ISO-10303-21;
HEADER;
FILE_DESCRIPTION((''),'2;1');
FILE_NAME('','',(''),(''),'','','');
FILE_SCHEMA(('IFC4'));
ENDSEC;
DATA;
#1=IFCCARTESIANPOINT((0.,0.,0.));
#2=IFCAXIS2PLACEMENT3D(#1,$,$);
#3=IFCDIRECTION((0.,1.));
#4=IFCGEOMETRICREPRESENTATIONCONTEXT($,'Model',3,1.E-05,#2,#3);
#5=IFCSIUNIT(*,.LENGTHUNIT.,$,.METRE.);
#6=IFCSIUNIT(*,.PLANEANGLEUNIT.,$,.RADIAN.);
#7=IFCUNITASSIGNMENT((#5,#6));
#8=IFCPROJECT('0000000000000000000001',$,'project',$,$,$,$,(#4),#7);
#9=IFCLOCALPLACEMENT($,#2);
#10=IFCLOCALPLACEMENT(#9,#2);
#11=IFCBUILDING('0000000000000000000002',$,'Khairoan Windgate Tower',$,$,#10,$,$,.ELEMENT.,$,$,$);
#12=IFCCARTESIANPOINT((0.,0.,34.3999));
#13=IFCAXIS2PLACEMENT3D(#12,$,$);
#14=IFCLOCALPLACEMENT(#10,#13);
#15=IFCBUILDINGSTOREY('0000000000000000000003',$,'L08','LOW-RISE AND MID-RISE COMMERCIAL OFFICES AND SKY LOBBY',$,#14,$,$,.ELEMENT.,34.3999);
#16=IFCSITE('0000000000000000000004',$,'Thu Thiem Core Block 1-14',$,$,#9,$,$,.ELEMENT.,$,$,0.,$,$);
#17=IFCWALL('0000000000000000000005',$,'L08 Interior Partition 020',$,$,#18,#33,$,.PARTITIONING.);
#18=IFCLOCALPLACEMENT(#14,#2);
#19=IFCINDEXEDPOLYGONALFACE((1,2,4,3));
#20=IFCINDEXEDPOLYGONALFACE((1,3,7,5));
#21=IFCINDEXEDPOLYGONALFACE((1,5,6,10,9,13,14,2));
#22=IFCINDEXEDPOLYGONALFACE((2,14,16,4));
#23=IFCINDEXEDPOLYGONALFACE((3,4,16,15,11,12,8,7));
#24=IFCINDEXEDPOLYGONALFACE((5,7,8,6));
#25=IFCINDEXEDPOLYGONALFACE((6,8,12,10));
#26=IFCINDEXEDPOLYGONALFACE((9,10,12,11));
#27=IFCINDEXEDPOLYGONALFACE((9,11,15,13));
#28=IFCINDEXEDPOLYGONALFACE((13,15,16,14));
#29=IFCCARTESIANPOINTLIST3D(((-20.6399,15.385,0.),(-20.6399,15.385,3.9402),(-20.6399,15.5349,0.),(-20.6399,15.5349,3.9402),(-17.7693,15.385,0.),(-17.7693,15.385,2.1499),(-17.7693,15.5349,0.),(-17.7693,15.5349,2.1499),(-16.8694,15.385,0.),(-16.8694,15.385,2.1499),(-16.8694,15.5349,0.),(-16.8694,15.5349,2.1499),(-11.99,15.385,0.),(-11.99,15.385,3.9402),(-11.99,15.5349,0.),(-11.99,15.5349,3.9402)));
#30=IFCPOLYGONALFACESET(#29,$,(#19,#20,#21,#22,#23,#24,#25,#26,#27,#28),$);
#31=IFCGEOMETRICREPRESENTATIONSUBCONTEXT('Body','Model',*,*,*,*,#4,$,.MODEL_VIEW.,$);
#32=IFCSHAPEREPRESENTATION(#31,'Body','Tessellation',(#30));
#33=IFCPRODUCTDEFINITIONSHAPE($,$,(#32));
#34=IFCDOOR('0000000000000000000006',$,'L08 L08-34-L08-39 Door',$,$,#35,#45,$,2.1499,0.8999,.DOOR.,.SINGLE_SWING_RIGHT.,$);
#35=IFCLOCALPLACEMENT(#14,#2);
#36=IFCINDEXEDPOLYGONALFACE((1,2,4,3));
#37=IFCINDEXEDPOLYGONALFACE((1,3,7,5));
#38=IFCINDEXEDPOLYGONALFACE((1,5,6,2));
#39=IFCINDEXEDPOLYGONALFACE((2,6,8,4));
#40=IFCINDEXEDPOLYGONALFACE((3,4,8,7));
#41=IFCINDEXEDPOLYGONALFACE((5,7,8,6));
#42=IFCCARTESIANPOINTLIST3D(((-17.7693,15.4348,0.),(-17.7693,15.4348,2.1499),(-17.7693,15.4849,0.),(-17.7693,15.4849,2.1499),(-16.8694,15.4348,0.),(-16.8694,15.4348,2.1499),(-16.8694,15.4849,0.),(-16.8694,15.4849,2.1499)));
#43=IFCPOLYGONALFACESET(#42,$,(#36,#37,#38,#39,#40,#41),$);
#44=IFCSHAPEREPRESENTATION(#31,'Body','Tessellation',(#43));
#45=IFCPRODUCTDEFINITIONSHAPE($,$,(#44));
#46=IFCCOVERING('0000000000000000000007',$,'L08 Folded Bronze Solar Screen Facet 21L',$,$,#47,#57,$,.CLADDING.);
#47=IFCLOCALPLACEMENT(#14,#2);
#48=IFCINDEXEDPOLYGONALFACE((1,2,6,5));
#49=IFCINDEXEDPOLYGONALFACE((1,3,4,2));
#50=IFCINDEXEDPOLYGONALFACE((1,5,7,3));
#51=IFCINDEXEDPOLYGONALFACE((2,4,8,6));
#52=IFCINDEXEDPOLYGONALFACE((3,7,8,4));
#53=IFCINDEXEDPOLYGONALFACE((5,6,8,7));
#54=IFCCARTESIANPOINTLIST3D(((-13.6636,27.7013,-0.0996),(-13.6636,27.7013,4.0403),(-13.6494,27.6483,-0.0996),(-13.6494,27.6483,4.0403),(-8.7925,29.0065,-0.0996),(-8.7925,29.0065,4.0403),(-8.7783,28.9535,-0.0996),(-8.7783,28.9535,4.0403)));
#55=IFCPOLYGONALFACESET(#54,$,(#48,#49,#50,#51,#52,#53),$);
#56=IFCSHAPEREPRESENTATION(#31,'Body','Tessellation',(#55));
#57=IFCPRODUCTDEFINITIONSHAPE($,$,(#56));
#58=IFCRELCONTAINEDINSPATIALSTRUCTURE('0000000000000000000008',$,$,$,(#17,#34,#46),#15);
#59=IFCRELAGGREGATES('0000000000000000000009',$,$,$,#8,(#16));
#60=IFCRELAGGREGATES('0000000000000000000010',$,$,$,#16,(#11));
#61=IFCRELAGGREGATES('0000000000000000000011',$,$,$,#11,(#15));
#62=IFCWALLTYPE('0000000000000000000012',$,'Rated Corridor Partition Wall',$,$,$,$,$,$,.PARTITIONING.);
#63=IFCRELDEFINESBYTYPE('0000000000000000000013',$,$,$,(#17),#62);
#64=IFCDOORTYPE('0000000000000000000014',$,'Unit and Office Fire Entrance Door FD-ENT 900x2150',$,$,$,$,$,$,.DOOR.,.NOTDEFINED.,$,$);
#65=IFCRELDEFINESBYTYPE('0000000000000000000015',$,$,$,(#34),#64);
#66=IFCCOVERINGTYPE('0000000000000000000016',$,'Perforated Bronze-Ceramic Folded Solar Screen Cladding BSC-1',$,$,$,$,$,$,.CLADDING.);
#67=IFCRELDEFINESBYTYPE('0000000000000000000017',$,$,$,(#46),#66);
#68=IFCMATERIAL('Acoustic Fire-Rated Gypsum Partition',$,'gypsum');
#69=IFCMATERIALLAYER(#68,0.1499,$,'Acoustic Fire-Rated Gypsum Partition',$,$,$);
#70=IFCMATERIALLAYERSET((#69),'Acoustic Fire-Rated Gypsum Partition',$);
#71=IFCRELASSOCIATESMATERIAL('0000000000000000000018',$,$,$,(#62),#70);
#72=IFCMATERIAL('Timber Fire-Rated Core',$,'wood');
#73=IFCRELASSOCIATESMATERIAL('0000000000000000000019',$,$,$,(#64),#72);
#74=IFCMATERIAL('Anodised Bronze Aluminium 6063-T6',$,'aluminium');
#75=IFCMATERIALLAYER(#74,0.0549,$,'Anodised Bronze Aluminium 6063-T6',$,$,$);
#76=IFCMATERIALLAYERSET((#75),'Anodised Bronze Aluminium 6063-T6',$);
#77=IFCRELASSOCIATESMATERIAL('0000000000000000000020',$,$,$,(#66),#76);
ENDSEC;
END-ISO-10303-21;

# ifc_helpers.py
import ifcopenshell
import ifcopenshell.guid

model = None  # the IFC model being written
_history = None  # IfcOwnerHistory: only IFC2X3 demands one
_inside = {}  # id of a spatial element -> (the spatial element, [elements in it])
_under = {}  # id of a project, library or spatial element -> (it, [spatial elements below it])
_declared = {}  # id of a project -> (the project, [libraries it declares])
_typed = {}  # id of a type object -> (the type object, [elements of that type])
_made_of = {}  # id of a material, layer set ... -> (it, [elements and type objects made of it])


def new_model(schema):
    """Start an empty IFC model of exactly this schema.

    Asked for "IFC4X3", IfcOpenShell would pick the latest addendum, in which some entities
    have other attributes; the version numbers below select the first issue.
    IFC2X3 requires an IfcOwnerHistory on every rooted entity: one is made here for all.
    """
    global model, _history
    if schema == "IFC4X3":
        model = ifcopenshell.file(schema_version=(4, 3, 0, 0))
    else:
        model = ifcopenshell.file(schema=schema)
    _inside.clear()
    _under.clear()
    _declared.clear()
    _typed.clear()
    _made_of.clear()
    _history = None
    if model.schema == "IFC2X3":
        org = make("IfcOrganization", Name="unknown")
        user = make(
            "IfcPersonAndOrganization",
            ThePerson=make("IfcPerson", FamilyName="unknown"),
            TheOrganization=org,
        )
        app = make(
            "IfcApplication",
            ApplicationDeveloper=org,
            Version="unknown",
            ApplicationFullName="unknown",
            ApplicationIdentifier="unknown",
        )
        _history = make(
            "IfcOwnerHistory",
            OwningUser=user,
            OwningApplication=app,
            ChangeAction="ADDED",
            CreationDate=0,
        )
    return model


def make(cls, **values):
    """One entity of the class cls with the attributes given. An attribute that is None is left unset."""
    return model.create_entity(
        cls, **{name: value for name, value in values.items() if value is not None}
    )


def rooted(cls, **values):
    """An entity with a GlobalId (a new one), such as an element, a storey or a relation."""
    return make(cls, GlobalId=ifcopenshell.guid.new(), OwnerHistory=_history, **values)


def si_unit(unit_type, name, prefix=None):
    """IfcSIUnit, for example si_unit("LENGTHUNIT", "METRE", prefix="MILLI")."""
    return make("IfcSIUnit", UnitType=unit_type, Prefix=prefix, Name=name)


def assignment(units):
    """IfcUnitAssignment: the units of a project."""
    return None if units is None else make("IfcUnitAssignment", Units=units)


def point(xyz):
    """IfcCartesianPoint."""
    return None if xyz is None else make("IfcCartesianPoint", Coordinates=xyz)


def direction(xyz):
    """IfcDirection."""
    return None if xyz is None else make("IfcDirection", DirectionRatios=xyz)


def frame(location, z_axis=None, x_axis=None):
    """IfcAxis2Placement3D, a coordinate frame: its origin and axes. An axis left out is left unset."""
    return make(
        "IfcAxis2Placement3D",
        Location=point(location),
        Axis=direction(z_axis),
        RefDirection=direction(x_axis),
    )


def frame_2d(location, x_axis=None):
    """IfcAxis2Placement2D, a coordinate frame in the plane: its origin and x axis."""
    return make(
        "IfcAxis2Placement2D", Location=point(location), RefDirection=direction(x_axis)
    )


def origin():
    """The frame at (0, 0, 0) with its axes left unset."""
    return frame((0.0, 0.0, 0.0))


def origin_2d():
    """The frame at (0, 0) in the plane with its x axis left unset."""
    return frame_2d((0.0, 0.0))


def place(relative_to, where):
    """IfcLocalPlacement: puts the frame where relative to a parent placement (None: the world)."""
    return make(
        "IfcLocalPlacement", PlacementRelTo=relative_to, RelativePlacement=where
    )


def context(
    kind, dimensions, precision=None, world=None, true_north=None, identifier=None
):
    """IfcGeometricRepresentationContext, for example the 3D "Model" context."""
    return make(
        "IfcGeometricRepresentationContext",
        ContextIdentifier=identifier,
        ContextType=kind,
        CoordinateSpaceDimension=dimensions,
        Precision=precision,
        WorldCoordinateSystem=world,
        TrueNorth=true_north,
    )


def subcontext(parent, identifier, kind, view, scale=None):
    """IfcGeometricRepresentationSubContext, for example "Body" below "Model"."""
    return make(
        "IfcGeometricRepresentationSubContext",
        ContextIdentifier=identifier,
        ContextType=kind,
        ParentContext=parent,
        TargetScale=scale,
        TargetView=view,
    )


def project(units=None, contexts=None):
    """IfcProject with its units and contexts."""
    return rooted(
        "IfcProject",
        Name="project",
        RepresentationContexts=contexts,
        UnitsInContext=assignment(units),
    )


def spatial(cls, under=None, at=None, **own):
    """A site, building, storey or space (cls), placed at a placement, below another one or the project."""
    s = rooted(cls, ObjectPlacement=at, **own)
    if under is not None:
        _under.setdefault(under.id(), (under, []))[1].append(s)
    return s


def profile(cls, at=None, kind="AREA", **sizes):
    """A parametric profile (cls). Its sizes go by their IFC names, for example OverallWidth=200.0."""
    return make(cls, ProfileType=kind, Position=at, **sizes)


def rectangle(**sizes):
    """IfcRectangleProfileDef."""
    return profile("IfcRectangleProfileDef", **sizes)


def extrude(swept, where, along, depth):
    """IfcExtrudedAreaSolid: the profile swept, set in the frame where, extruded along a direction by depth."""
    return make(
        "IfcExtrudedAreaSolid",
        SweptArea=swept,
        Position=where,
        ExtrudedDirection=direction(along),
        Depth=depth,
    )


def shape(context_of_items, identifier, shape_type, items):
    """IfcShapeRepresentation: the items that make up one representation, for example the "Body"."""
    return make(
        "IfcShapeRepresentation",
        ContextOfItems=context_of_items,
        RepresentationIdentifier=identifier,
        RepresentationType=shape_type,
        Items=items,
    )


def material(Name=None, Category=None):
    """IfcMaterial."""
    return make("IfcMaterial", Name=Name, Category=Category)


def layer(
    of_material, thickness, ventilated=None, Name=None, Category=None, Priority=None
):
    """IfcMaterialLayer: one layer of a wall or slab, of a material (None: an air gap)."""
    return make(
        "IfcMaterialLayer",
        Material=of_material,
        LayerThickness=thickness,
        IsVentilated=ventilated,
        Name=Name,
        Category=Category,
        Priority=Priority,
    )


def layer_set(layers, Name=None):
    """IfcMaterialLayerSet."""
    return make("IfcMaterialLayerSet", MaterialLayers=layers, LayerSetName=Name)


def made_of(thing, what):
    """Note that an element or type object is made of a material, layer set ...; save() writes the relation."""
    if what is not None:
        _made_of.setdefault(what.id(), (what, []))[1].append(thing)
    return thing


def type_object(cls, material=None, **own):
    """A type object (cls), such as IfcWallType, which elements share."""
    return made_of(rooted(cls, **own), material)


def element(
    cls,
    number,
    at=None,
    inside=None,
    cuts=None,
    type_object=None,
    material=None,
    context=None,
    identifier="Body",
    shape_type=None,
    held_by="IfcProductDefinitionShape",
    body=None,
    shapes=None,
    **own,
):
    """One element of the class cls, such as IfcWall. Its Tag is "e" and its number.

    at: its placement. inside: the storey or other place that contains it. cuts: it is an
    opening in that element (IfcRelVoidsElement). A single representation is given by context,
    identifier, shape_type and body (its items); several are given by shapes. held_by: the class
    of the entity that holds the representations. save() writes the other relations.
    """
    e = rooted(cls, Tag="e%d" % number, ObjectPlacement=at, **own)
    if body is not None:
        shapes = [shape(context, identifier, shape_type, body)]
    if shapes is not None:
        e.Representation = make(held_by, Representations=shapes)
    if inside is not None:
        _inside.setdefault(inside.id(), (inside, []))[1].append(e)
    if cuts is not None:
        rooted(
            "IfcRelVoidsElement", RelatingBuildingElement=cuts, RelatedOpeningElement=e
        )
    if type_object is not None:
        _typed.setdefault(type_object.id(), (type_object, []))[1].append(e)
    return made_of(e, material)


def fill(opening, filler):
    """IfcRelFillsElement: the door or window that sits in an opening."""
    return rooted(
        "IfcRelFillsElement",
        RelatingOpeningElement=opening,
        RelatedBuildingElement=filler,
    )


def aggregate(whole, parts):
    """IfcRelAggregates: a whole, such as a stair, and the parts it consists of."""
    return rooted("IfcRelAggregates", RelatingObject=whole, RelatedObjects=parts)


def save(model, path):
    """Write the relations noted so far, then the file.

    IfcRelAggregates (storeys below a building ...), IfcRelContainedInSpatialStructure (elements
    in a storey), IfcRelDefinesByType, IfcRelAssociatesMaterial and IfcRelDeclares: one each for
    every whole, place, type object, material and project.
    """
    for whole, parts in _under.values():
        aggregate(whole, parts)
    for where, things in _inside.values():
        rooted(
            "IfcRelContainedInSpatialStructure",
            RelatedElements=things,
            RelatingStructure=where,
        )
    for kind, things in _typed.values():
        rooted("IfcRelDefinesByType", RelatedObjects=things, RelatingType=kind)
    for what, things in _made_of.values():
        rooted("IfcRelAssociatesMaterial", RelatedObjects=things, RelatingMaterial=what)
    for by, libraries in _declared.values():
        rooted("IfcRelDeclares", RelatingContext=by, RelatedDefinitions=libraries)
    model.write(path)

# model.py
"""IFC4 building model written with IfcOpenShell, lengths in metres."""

from ifc_helpers import new_model, si_unit, direction, frame, frame_2d, origin, origin_2d, place, context, subcontext, project, spatial, rectangle, extrude, material, layer, layer_set, type_object, element, fill, save


model = new_model("IFC4")

# Units and contexts
model_context = context("Model", 3, precision=1e-05, world=origin(), true_north=direction((0.0, 1.0)))
body_context = subcontext(model_context, "Body", "Model", "MODEL_VIEW")
ifc_project = project(units=[si_unit("LENGTHUNIT", "METRE"), si_unit("PLANEANGLEUNIT", "RADIAN")], contexts=[model_context])

# Site, building, storey
site_placement = place(None, origin())
site = spatial("IfcSite", under=ifc_project, at=site_placement, Name="Thu Thiem Core Block 1-14", CompositionType="ELEMENT", RefElevation=0.0)
building_placement = place(site_placement, origin())
building = spatial("IfcBuilding", under=site, at=building_placement, Name="Khairoan Windgate Tower", CompositionType="ELEMENT")
storey_placement = place(building_placement, frame((0.0, 0.0, 34.3999)))
storey = spatial("IfcBuildingStorey", under=building, at=storey_placement, Name="L08", Description="LOW-RISE AND MID-RISE COMMERCIAL OFFICES AND SKY LOBBY", CompositionType="ELEMENT", Elevation=34.3999)

# Wall, opening, door
ifc_material_1 = material(Name="Acoustic Fire-Rated Gypsum Partition", Category="gypsum")
ifc_layer_1 = layer(ifc_material_1, 0.1499, Name="Acoustic Fire-Rated Gypsum Partition")
ifc_layer_set_1 = layer_set([ifc_layer_1], Name="Acoustic Fire-Rated Gypsum Partition")
wall_type_1 = type_object("IfcWallType", Name="Rated Corridor Partition Wall", PredefinedType="PARTITIONING", material=ifc_layer_set_1)
ifc_material_2 = material(Name="Timber Fire-Rated Core", Category="wood")
door_type = type_object("IfcDoorType", Name="Unit and Office Fire Entrance Door FD-ENT 900x2150", OperationType="NOTDEFINED", PredefinedType="DOOR", material=ifc_material_2)
wall_1_placement = place(storey_placement, frame((-20.6399, 15.46, 0.0), z_axis=(0.0, 0.0, 1.0), x_axis=(1.0, 0.0, 0.0)))
wall_1 = element("IfcWall", 1, at=wall_1_placement, inside=storey, type_object=wall_type_1, Name="L08 Interior Partition 020", PredefinedType="PARTITIONING", context=body_context, shape_type="SweptSolid", body=[
    extrude(rectangle(XDim=8.6499, YDim=0.1499, at=frame_2d((4.325, 0.0))), origin(), (0.0, 0.0, 1.0), 3.9402),
])
opening_1_placement = place(wall_1_placement, frame((2.8706, 0.0, 0.0)))
opening_1 = element("IfcOpeningElement", 2, at=opening_1_placement, cuts=wall_1, PredefinedType="OPENING", context=body_context, shape_type="SweptSolid", body=[
    extrude(rectangle(XDim=0.8999, YDim=2.1499, at=frame_2d((0.45, 1.075))), frame((0.0, 0.085, 0.0), z_axis=(0.0, -1.0, 0.0), x_axis=(1.0, 0.0, 0.0)), (0.0, 0.0, 1.0), 0.1699),
])
door_1_placement = place(opening_1_placement, origin())
door_1 = element("IfcDoor", 3, at=door_1_placement, inside=storey, type_object=door_type, Name="L08 L08-34-L08-39 Door", OperationType="SINGLE_SWING_RIGHT", OverallHeight=2.1499, OverallWidth=0.8999, PredefinedType="DOOR", context=body_context, shape_type="SweptSolid", body=[
    extrude(rectangle(XDim=0.8999, YDim=2.1499, at=frame_2d((0.45, 1.075))), frame((0.0, 0.0249, 0.0), z_axis=(0.0, -1.0, 0.0), x_axis=(1.0, 0.0, 0.0)), (0.0, 0.0, 1.0), 0.05),
])
fill(opening_1, door_1)

# Covering
ifc_material_3 = material(Name="Anodised Bronze Aluminium 6063-T6", Category="aluminium")
ifc_layer_2 = layer(ifc_material_3, 0.0549, Name="Anodised Bronze Aluminium 6063-T6")
ifc_layer_set_2 = layer_set([ifc_layer_2], Name="Anodised Bronze Aluminium 6063-T6")
covering_type = type_object("IfcCoveringType", Name="Perforated Bronze-Ceramic Folded Solar Screen Cladding BSC-1", PredefinedType="CLADDING", material=ifc_layer_set_2)
covering_placement = place(storey_placement, frame((-11.2209, 28.3274, -0.0996), z_axis=(0.0, 0.0, 1.0), x_axis=(0.965926, 0.258819, 0.0)))
element("IfcCovering", 4, at=covering_placement, inside=storey, type_object=covering_type, Name="L08 Folded Bronze Solar Screen Facet 21L", PredefinedType="CLADDING", context=body_context, shape_type="SweptSolid", body=[
    extrude(rectangle(XDim=5.043, YDim=0.0549, at=origin_2d()), origin(), (0.0, 0.0, 1.0), 4.1399),
])

save(model, "model.ifc")
